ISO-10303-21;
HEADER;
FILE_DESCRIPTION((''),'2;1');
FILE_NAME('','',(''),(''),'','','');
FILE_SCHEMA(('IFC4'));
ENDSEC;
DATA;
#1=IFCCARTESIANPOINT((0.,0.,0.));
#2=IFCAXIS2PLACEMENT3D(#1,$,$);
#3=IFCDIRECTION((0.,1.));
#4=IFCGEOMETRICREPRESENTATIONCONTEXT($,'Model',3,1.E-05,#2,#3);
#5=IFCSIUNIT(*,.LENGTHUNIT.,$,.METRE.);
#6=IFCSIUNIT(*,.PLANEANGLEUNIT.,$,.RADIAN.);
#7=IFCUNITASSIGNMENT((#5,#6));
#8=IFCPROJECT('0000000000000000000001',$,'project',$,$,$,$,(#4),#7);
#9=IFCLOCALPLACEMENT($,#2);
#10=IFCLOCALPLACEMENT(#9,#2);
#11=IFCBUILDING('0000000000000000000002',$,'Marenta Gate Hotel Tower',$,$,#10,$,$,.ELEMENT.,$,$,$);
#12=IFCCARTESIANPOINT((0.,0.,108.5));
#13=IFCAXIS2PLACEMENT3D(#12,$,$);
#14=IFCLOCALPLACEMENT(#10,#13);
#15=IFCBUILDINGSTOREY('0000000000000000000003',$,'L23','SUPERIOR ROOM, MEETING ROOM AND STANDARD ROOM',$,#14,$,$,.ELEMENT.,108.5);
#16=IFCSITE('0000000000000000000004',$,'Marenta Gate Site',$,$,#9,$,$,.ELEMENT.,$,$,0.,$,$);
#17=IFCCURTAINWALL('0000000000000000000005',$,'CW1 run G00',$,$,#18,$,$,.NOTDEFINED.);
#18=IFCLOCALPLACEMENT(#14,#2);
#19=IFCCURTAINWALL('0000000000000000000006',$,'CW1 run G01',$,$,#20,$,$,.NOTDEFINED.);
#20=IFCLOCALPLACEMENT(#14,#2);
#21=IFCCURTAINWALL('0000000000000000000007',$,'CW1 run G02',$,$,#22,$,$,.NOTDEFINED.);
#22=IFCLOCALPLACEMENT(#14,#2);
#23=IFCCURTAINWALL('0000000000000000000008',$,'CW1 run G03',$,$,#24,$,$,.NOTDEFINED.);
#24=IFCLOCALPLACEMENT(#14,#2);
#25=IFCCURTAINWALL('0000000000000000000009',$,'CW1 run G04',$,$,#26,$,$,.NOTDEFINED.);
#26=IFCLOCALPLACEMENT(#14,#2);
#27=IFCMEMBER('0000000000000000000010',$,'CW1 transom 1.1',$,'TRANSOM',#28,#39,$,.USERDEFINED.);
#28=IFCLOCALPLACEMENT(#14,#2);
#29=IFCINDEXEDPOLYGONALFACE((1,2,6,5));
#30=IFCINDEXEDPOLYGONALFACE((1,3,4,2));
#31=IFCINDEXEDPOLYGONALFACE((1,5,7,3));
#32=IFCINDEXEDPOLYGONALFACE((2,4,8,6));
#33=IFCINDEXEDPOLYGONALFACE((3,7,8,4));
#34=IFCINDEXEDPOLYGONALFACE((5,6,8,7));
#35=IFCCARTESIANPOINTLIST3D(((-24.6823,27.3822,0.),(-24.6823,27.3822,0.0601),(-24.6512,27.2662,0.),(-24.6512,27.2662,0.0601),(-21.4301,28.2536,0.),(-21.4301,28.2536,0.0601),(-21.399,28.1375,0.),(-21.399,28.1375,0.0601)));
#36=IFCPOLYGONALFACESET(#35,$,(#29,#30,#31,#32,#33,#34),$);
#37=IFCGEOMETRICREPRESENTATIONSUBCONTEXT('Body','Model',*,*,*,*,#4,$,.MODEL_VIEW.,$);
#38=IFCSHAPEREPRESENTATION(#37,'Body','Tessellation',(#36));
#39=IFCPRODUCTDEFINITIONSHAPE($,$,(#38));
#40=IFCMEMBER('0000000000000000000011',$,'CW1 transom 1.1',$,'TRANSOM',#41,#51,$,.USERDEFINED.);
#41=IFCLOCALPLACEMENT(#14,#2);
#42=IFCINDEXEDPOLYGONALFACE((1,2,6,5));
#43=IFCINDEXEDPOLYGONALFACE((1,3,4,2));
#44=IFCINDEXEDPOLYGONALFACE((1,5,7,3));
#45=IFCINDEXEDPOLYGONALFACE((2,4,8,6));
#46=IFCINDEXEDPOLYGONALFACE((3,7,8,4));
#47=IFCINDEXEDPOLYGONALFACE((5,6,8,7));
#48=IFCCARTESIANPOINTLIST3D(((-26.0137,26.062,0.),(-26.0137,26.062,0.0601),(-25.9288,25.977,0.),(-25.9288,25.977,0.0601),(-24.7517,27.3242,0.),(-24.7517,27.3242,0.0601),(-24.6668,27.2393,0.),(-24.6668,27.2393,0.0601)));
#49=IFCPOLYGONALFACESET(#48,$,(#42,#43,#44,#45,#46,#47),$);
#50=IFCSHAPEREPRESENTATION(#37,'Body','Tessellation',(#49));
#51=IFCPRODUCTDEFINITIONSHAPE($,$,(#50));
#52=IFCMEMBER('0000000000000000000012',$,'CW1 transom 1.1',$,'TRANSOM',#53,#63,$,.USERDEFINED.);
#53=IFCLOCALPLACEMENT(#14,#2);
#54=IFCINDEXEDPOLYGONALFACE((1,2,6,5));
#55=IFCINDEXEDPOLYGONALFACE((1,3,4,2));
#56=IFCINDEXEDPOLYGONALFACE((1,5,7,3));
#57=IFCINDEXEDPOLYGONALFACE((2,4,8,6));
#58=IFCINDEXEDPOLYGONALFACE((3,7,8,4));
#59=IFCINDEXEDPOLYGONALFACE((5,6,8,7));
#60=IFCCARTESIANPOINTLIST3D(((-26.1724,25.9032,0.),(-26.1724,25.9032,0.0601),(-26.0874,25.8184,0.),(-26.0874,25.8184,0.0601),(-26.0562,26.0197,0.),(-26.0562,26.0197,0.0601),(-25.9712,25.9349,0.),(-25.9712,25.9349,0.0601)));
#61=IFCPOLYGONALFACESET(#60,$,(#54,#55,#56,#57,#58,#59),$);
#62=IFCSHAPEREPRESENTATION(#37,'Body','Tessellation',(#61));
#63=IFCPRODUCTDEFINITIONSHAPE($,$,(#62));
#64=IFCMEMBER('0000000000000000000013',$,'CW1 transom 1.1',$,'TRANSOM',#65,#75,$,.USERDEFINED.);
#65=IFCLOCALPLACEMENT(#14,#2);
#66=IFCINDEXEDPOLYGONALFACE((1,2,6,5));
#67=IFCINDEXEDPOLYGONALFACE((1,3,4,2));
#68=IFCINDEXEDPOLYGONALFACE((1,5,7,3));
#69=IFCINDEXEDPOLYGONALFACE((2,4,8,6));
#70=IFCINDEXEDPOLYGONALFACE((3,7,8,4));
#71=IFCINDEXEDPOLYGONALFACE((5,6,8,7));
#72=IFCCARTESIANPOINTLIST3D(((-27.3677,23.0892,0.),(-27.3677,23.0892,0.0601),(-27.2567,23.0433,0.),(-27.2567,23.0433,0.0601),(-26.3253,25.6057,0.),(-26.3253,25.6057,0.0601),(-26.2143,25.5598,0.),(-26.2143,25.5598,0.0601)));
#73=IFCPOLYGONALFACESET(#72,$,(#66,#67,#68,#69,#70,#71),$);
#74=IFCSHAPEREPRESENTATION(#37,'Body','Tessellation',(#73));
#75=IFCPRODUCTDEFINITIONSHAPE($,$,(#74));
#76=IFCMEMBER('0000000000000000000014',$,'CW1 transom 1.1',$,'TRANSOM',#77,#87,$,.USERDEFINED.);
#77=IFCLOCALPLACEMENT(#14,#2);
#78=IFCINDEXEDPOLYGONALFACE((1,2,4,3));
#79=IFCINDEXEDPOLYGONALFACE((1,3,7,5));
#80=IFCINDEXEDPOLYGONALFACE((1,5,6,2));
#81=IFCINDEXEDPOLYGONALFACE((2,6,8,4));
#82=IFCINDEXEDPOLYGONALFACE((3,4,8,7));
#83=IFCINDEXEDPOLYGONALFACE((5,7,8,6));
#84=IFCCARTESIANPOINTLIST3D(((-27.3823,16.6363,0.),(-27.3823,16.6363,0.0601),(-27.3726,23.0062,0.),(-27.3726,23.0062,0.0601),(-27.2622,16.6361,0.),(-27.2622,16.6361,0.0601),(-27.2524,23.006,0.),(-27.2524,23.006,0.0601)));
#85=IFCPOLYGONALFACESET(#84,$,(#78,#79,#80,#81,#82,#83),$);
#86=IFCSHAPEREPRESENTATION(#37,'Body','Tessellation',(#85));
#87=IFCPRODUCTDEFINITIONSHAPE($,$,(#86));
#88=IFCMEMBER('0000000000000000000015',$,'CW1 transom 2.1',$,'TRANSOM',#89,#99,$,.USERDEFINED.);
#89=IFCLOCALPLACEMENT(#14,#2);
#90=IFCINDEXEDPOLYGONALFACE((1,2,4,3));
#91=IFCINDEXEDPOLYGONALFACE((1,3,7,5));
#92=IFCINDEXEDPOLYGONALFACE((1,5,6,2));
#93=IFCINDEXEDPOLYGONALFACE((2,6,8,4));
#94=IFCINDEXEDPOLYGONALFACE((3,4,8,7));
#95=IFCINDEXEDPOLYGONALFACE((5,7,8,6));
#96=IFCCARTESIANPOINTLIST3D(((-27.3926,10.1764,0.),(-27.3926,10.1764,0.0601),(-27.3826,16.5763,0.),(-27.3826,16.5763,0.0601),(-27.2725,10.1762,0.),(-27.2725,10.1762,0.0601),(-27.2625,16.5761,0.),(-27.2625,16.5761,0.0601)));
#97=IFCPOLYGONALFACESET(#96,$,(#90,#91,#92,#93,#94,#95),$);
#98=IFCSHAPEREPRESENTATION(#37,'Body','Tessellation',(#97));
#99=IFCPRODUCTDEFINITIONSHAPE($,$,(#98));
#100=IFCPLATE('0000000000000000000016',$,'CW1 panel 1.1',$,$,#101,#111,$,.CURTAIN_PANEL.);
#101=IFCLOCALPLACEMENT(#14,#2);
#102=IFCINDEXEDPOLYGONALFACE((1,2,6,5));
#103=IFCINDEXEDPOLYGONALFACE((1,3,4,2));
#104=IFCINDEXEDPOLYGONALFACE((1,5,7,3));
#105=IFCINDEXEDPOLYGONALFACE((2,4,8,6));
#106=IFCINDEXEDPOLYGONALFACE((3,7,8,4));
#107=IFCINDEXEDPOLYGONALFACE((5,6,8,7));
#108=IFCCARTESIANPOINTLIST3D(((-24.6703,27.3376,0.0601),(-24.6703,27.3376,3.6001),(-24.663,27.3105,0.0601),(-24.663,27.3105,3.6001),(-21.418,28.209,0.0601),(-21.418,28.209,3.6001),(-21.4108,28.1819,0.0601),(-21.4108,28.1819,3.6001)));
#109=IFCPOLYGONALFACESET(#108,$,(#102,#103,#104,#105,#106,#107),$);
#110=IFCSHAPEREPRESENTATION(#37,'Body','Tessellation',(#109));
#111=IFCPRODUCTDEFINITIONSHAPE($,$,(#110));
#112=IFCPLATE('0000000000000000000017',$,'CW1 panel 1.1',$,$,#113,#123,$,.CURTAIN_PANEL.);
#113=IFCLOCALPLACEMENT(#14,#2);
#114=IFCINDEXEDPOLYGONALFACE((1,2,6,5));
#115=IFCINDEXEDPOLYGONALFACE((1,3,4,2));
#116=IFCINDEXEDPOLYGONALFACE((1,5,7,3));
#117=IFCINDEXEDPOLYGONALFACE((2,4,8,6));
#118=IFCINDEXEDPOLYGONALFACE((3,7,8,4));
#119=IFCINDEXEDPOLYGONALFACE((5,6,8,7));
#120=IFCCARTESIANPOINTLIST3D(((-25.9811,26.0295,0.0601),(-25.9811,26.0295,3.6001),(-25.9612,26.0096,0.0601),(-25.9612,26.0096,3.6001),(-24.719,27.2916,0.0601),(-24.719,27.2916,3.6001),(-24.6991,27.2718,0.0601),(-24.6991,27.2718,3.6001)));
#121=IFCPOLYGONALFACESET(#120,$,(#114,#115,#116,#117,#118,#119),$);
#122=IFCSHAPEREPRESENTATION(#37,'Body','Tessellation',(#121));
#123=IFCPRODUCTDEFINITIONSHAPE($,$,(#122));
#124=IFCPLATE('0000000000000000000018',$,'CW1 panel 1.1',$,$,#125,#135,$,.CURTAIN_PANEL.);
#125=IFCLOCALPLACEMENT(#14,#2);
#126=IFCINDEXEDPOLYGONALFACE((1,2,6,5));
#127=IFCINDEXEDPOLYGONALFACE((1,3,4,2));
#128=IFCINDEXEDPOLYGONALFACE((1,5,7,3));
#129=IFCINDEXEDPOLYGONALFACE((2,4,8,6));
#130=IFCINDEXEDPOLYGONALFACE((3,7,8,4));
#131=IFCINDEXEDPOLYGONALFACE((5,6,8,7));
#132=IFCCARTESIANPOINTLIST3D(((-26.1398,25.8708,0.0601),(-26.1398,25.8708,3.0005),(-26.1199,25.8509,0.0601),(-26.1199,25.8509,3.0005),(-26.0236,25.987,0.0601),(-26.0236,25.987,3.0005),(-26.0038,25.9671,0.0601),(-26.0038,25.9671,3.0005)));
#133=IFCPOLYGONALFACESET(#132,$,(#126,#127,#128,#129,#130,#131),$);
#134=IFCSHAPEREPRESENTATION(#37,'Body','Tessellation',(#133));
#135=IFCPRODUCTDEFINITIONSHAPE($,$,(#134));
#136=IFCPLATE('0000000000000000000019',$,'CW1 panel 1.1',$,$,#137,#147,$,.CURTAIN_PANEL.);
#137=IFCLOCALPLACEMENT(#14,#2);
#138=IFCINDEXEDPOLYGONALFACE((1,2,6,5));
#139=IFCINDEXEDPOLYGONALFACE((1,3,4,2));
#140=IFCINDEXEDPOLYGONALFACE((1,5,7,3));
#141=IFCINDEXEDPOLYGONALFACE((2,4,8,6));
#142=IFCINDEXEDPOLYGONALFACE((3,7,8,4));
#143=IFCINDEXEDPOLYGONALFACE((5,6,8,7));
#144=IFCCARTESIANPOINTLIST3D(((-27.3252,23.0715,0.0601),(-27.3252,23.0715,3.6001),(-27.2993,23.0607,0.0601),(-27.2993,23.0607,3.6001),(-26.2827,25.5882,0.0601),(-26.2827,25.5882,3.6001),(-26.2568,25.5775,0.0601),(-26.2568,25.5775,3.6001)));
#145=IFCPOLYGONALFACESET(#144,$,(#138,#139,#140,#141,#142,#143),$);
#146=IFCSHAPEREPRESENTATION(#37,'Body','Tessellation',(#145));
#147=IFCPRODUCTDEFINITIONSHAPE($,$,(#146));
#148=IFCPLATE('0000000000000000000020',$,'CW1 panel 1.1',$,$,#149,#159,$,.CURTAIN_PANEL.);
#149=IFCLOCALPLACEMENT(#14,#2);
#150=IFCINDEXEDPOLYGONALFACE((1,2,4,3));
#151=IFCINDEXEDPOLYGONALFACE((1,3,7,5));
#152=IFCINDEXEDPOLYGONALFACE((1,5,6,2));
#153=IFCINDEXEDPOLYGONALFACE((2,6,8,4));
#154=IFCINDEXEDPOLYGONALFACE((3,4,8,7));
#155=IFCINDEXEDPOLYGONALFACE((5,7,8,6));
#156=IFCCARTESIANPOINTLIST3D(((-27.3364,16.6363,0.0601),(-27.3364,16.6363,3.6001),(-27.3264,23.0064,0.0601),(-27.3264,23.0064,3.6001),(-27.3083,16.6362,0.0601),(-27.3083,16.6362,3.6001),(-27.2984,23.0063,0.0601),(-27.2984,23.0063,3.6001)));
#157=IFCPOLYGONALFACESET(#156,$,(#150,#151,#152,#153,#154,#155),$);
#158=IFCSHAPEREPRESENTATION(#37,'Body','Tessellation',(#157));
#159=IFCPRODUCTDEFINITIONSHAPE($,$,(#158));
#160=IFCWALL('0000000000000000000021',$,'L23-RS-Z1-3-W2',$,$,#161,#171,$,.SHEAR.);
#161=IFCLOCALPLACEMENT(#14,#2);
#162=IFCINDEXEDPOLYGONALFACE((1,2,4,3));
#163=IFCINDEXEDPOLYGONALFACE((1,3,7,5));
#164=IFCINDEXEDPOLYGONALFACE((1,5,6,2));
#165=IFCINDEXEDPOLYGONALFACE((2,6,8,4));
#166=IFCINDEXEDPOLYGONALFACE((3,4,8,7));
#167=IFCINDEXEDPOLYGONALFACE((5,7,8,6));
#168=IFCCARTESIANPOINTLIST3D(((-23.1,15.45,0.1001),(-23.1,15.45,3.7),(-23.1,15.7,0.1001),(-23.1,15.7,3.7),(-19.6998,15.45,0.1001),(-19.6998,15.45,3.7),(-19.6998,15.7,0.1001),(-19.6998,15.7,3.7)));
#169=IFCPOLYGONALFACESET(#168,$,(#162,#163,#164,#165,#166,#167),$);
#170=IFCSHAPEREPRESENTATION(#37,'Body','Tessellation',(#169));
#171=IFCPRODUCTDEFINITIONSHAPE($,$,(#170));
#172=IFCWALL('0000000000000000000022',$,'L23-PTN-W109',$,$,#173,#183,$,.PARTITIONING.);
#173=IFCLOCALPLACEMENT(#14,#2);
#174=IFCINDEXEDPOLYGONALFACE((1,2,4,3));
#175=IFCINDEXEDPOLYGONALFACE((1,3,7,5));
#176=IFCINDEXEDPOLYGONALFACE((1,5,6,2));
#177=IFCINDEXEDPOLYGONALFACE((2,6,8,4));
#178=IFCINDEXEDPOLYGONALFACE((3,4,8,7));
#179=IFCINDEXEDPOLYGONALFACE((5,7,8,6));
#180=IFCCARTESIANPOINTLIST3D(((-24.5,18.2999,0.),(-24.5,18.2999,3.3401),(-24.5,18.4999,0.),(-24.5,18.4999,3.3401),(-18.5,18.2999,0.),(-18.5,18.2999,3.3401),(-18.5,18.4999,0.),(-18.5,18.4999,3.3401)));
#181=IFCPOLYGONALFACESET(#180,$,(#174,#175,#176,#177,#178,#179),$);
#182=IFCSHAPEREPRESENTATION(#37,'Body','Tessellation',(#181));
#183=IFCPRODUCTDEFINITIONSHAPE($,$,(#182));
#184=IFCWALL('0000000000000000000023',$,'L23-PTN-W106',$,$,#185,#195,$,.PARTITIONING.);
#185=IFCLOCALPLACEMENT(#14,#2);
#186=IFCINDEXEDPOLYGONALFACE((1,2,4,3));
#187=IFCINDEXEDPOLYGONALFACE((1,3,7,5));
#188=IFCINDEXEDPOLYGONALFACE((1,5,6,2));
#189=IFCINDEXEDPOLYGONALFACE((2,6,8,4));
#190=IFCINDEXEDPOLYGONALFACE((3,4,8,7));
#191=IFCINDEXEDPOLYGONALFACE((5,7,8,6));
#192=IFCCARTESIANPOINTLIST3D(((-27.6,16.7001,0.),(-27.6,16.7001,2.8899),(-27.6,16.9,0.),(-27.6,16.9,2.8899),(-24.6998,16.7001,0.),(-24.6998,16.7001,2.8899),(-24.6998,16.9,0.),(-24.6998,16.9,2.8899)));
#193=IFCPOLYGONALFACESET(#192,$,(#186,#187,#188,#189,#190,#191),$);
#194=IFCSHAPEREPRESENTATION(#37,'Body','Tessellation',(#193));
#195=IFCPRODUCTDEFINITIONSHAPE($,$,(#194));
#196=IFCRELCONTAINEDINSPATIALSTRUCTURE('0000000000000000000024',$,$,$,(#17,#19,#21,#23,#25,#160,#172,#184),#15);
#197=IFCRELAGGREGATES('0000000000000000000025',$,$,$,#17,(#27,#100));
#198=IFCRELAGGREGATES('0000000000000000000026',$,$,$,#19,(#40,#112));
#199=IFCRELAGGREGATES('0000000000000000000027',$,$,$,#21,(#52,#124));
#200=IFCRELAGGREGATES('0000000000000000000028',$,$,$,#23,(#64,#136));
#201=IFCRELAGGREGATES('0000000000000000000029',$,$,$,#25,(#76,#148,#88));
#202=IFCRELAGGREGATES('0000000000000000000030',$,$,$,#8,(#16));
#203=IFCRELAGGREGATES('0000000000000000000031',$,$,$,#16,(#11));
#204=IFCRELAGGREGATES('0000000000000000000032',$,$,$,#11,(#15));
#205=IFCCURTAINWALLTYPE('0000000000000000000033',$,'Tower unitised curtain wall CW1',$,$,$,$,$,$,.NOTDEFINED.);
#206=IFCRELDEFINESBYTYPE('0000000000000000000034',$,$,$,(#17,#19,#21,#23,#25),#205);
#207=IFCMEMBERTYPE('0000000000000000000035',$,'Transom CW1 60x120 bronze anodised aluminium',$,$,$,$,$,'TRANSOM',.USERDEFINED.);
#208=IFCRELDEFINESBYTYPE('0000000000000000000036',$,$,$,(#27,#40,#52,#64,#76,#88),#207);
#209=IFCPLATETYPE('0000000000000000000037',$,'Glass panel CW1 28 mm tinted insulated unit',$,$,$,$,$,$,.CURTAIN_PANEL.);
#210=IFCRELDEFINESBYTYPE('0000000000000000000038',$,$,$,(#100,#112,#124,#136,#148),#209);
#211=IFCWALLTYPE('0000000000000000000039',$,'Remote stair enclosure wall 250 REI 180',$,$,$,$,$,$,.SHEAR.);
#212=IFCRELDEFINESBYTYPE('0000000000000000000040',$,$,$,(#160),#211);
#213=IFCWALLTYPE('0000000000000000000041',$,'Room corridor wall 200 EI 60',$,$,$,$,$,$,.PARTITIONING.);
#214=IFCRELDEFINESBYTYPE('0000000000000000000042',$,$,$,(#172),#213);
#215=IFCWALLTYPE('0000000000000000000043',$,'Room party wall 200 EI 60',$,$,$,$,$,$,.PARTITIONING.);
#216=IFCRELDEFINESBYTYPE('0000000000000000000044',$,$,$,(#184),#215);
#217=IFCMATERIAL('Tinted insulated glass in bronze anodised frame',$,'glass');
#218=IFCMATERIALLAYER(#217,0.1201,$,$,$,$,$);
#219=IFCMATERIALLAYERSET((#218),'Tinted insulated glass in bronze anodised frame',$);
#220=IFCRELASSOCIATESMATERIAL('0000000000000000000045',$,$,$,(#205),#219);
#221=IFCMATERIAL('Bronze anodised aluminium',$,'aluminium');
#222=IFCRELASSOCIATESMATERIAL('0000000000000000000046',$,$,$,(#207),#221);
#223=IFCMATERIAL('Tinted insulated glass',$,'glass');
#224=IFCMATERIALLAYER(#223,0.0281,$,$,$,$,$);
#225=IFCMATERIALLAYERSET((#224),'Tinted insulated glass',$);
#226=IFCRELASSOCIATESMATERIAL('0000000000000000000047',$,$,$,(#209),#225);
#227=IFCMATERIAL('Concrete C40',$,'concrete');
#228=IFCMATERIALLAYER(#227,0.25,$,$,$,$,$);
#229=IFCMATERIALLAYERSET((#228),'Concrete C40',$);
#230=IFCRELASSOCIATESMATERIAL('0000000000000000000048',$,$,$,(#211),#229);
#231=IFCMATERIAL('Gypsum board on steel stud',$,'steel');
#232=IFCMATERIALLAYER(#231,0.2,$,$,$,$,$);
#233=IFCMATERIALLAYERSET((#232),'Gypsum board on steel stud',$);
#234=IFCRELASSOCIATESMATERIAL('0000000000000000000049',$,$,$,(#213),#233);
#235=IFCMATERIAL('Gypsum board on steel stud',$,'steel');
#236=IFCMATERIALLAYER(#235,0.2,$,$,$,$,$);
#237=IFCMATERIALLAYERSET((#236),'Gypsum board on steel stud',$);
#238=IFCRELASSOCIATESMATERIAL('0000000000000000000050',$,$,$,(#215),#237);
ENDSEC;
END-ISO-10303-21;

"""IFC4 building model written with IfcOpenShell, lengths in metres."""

from ifc_helpers import new_model, si_unit, direction, frame, frame_2d, origin, origin_2d, place, context, subcontext, project, spatial, rectangle, extrude, material, layer, layer_set, material_profile, profile_set, type_object, element, aggregate, save


model = new_model("IFC4")

# Units and contexts
model_context = context("Model", 3, precision=1e-05, world=origin(), true_north=direction((0.0, 1.0)))
body_context = subcontext(model_context, "Body", "Model", "MODEL_VIEW")
ifc_project = project(units=[si_unit("LENGTHUNIT", "METRE"), si_unit("PLANEANGLEUNIT", "RADIAN")], contexts=[model_context])

# Site, building, storey
site_placement = place(None, origin())
site = spatial("IfcSite", under=ifc_project, at=site_placement, Name="Marenta Gate Site", CompositionType="ELEMENT", RefElevation=0.0)
building_placement = place(site_placement, origin())
building = spatial("IfcBuilding", under=site, at=building_placement, Name="Marenta Gate Hotel Tower", CompositionType="ELEMENT")
storey_placement = place(building_placement, frame((0.0, 0.0, 108.5)))
storey = spatial("IfcBuildingStorey", under=building, at=storey_placement, Name="L23", Description="SUPERIOR ROOM, MEETING ROOM AND STANDARD ROOM", CompositionType="ELEMENT", Elevation=108.5)

# Curtain walls
ifc_material_1 = material(Name="Tinted insulated glass in bronze anodised frame", Category="glass")
ifc_layer_1 = layer(ifc_material_1, 0.1201)
ifc_layer_set_1 = layer_set([ifc_layer_1], Name="Tinted insulated glass in bronze anodised frame")
curtain_wall_type = type_object("IfcCurtainWallType", Name="Tower unitised curtain wall CW1", PredefinedType="NOTDEFINED", material=ifc_layer_set_1)
curtain_wall_1_placement = place(storey_placement, origin())
curtain_wall_1 = element("IfcCurtainWall", 1, at=curtain_wall_1_placement, inside=storey, type_object=curtain_wall_type, Name="CW1 run G00", PredefinedType="NOTDEFINED")
curtain_wall_2_placement = place(storey_placement, origin())
curtain_wall_2 = element("IfcCurtainWall", 2, at=curtain_wall_2_placement, inside=storey, type_object=curtain_wall_type, Name="CW1 run G01", PredefinedType="NOTDEFINED")

# Curtain wall
curtain_wall_3_placement = place(storey_placement, origin())
curtain_wall_3 = element("IfcCurtainWall", 3, at=curtain_wall_3_placement, inside=storey, type_object=curtain_wall_type, Name="CW1 run G02", PredefinedType="NOTDEFINED")

# Curtain wall
curtain_wall_4_placement = place(storey_placement, origin())
curtain_wall_4 = element("IfcCurtainWall", 4, at=curtain_wall_4_placement, inside=storey, type_object=curtain_wall_type, Name="CW1 run G03", PredefinedType="NOTDEFINED")

# Curtain wall
curtain_wall_5_placement = place(storey_placement, origin())
curtain_wall_5 = element("IfcCurtainWall", 5, at=curtain_wall_5_placement, inside=storey, type_object=curtain_wall_type, Name="CW1 run G04", PredefinedType="NOTDEFINED")

# Members
ifc_material_2 = material(Name="Bronze anodised aluminium", Category="aluminium")
ifc_material_profile_1 = material_profile(ifc_material_2, rectangle(XDim=0.1201, YDim=0.0601, at=origin_2d()), Name="Transom CW1 60x120 bronze anodised aluminium")
ifc_profile_set_1 = profile_set([ifc_material_profile_1], Name="Bronze anodised aluminium")
member_type_1 = type_object("IfcMemberType", Name="Transom CW1 60x120 bronze anodised aluminium", ElementType="TRANSOM", PredefinedType="USERDEFINED", material=ifc_profile_set_1)
member_1_placement = place(storey_placement, frame((-21.4146, 28.1956, 0.03), z_axis=(-0.965932, -0.258795, 0.0), x_axis=(0.258795, -0.965932, 0.0)))
member_1 = element("IfcMember", 6, at=member_1_placement, type_object=member_type_1, Name="CW1 transom 1.1", ObjectType="TRANSOM", PredefinedType="USERDEFINED", context=body_context, shape_type="SweptSolid", body=[
    extrude(rectangle(XDim=0.1201, YDim=0.0601, at=origin_2d()), origin(), (0.0, 0.0, 1.0), 3.3669),
])
member_2_placement = place(storey_placement, frame((-24.7092, 27.2817, 0.03), z_axis=(-0.707038, -0.707175, 0.0), x_axis=(0.707175, -0.707038, 0.0)))
member_2 = element("IfcMember", 7, at=member_2_placement, type_object=member_type_1, Name="CW1 transom 1.1", ObjectType="TRANSOM", PredefinedType="USERDEFINED", context=body_context, shape_type="SweptSolid", body=[
    extrude(rectangle(XDim=0.1201, YDim=0.0601, at=origin_2d()), origin(), (0.0, 0.0, 1.0), 1.7849),
])
member_3_placement = place(storey_placement, frame((-26.0137, 25.9773, 0.03), z_axis=(-0.706364, -0.707848, 0.0), x_axis=(0.707848, -0.706364, 0.0)))
member_3 = element("IfcMember", 8, at=member_3_placement, type_object=member_type_1, Name="CW1 transom 1.1", ObjectType="TRANSOM", PredefinedType="USERDEFINED", context=body_context, shape_type="SweptSolid", body=[
    extrude(rectangle(XDim=0.1201, YDim=0.0601, at=origin_2d()), origin(), (0.0, 0.0, 1.0), 0.1646),
])
member_4_placement = place(storey_placement, frame((-26.2698, 25.5828, 0.03), z_axis=(-0.382705, -0.92387, 0.0), x_axis=(0.92387, -0.382705, 0.0)))
member_4 = element("IfcMember", 9, at=member_4_placement, type_object=member_type_1, Name="CW1 transom 1.1", ObjectType="TRANSOM", PredefinedType="USERDEFINED", context=body_context, shape_type="SweptSolid", body=[
    extrude(rectangle(XDim=0.1201, YDim=0.0601, at=origin_2d()), origin(), (0.0, 0.0, 1.0), 2.7239),
])
member_5_placement = place(storey_placement, frame((-27.3125, 23.0061, 0.03), z_axis=(-0.001533, -0.999999, 0.0), x_axis=(0.999999, -0.001533, 0.0)))
member_5 = element("IfcMember", 10, at=member_5_placement, type_object=member_type_1, Name="CW1 transom 1.1", ObjectType="TRANSOM", PredefinedType="USERDEFINED", context=body_context, shape_type="SweptSolid", body=[
    extrude(rectangle(XDim=0.1201, YDim=0.0601, at=origin_2d()), origin(), (0.0, 0.0, 1.0), 6.3699),
])
member_6_placement = place(storey_placement, frame((-27.3225, 16.5762, 0.03), z_axis=(-0.001564, -0.999999, 0.0), x_axis=(0.999999, -0.001564, 0.0)))
member_6 = element("IfcMember", 11, at=member_6_placement, type_object=member_type_1, Name="CW1 transom 2.1", ObjectType="TRANSOM", PredefinedType="USERDEFINED", context=body_context, shape_type="SweptSolid", body=[
    extrude(rectangle(XDim=0.1201, YDim=0.0601, at=origin_2d()), origin(), (0.0, 0.0, 1.0), 6.3999),
])

# Plates
ifc_material_3 = material(Name="Tinted insulated glass", Category="glass")
ifc_layer_2 = layer(ifc_material_3, 0.0281)
ifc_layer_set_2 = layer_set([ifc_layer_2], Name="Tinted insulated glass")
plate_type = type_object("IfcPlateType", Name="Glass panel CW1 28 mm tinted insulated unit", PredefinedType="CURTAIN_PANEL", material=ifc_layer_set_2)
plate_1_placement = place(storey_placement, frame((-23.0405, 27.7598, 0.0601), z_axis=(0.0, 0.0, 1.0), x_axis=(-0.965931, -0.258801, 0.0)))
plate_1 = element("IfcPlate", 12, at=plate_1_placement, type_object=plate_type, Name="CW1 panel 1.1", PredefinedType="CURTAIN_PANEL", context=body_context, shape_type="SweptSolid", body=[
    extrude(rectangle(XDim=3.3669, YDim=0.0281, at=origin_2d()), origin(), (0.0, 0.0, 1.0), 3.54),
])
aggregate(curtain_wall_1, [member_1, plate_1])
plate_2_placement = place(storey_placement, frame((-25.3401, 26.6506, 0.0601), z_axis=(0.0, 0.0, 1.0), x_axis=(-0.707107, -0.707107, 0.0)))
plate_2 = element("IfcPlate", 13, at=plate_2_placement, type_object=plate_type, Name="CW1 panel 1.1", PredefinedType="CURTAIN_PANEL", context=body_context, shape_type="SweptSolid", body=[
    extrude(rectangle(XDim=1.7849, YDim=0.0281, at=origin_2d()), origin(), (0.0, 0.0, 1.0), 3.54),
])
aggregate(curtain_wall_2, [member_2, plate_2])
plate_3_placement = place(storey_placement, frame((-26.0718, 25.9189, 0.0601), z_axis=(0.0, 0.0, 1.0), x_axis=(-0.707107, -0.707107, 0.0)))
plate_3 = element("IfcPlate", 14, at=plate_3_placement, type_object=plate_type, Name="CW1 panel 1.1", PredefinedType="CURTAIN_PANEL", context=body_context, shape_type="SweptSolid", body=[
    extrude(rectangle(XDim=0.1643, YDim=0.0281, at=origin_2d()), origin(), (0.0, 0.0, 1.0), 2.9404),
])
aggregate(curtain_wall_3, [member_3, plate_3])
plate_4_placement = place(storey_placement, frame((-26.791, 24.3245, 0.0601), z_axis=(0.0, 0.0, 1.0), x_axis=(-0.382684, -0.923879, 0.0)))
plate_4 = element("IfcPlate", 15, at=plate_4_placement, type_object=plate_type, Name="CW1 panel 1.1", PredefinedType="CURTAIN_PANEL", context=body_context, shape_type="SweptSolid", body=[
    extrude(rectangle(XDim=2.7241, YDim=0.0281, at=origin_2d()), origin(), (0.0, 0.0, 1.0), 3.54),
])
aggregate(curtain_wall_4, [member_4, plate_4])
plate_5_placement = place(storey_placement, frame((-27.3174, 19.8213, 0.0601), z_axis=(0.0, 0.0, 1.0), x_axis=(-0.001566, -0.999999, 0.0)))
plate_5 = element("IfcPlate", 16, at=plate_5_placement, type_object=plate_type, Name="CW1 panel 1.1", PredefinedType="CURTAIN_PANEL", context=body_context, shape_type="SweptSolid", body=[
    extrude(rectangle(XDim=6.3701, YDim=0.0281, at=origin_2d()), origin(), (0.0, 0.0, 1.0), 3.54),
])
aggregate(curtain_wall_5, [member_5, plate_5, member_6])

# Walls
ifc_material_4 = material(Name="Concrete C40", Category="concrete")
ifc_layer_3 = layer(ifc_material_4, 0.25)
ifc_layer_set_3 = layer_set([ifc_layer_3], Name="Concrete C40")
wall_type_1 = type_object("IfcWallType", Name="Remote stair enclosure wall 250 REI 180", PredefinedType="SHEAR", material=ifc_layer_set_3)
wall_1_placement = place(storey_placement, frame((-23.1001, 15.575, 0.1001), z_axis=(0.0, 0.0, 1.0), x_axis=(1.0, 0.0, 0.0)))
element("IfcWall", 17, at=wall_1_placement, inside=storey, type_object=wall_type_1, Name="L23-RS-Z1-3-W2", PredefinedType="SHEAR", context=body_context, shape_type="SweptSolid", body=[
    extrude(rectangle(XDim=3.4001, YDim=0.25, at=frame_2d((1.7002, 0.0))), origin(), (0.0, 0.0, 1.0), 3.5999),
])
ifc_material_5 = material(Name="Gypsum board on steel stud", Category="steel")
ifc_layer_4 = layer(ifc_material_5, 0.2)
ifc_layer_set_4 = layer_set([ifc_layer_4], Name="Gypsum board on steel stud")
wall_type_2 = type_object("IfcWallType", Name="Room corridor wall 200 EI 60", PredefinedType="PARTITIONING", material=ifc_layer_set_4)
wall_2_placement = place(storey_placement, frame((-24.5, 18.3999, 0.0), z_axis=(0.0, 0.0, 1.0), x_axis=(1.0, 0.0, 0.0)))
element("IfcWall", 18, at=wall_2_placement, inside=storey, type_object=wall_type_2, Name="L23-PTN-W109", PredefinedType="PARTITIONING", context=body_context, shape_type="SweptSolid", body=[
    extrude(rectangle(XDim=6.0, YDim=0.2, at=frame_2d((3.0, 0.0))), origin(), (0.0, 0.0, 1.0), 3.3401),
])
ifc_material_6 = material(Name="Gypsum board on steel stud", Category="steel")
ifc_layer_5 = layer(ifc_material_6, 0.2)
ifc_layer_set_5 = layer_set([ifc_layer_5], Name="Gypsum board on steel stud")
wall_type_3 = type_object("IfcWallType", Name="Room party wall 200 EI 60", PredefinedType="PARTITIONING", material=ifc_layer_set_5)
wall_3_placement = place(storey_placement, frame((-27.6001, 16.8, 0.0), z_axis=(0.0, 0.0, 1.0), x_axis=(1.0, 0.0, 0.0)))
element("IfcWall", 19, at=wall_3_placement, inside=storey, type_object=wall_type_3, Name="L23-PTN-W106", PredefinedType="PARTITIONING", context=body_context, shape_type="SweptSolid", body=[
    extrude(rectangle(XDim=2.9001, YDim=0.2, at=frame_2d((1.4502, 0.0))), origin(), (0.0, 0.0, 1.0), 2.8899),
])

save(model, "model.ifc")
